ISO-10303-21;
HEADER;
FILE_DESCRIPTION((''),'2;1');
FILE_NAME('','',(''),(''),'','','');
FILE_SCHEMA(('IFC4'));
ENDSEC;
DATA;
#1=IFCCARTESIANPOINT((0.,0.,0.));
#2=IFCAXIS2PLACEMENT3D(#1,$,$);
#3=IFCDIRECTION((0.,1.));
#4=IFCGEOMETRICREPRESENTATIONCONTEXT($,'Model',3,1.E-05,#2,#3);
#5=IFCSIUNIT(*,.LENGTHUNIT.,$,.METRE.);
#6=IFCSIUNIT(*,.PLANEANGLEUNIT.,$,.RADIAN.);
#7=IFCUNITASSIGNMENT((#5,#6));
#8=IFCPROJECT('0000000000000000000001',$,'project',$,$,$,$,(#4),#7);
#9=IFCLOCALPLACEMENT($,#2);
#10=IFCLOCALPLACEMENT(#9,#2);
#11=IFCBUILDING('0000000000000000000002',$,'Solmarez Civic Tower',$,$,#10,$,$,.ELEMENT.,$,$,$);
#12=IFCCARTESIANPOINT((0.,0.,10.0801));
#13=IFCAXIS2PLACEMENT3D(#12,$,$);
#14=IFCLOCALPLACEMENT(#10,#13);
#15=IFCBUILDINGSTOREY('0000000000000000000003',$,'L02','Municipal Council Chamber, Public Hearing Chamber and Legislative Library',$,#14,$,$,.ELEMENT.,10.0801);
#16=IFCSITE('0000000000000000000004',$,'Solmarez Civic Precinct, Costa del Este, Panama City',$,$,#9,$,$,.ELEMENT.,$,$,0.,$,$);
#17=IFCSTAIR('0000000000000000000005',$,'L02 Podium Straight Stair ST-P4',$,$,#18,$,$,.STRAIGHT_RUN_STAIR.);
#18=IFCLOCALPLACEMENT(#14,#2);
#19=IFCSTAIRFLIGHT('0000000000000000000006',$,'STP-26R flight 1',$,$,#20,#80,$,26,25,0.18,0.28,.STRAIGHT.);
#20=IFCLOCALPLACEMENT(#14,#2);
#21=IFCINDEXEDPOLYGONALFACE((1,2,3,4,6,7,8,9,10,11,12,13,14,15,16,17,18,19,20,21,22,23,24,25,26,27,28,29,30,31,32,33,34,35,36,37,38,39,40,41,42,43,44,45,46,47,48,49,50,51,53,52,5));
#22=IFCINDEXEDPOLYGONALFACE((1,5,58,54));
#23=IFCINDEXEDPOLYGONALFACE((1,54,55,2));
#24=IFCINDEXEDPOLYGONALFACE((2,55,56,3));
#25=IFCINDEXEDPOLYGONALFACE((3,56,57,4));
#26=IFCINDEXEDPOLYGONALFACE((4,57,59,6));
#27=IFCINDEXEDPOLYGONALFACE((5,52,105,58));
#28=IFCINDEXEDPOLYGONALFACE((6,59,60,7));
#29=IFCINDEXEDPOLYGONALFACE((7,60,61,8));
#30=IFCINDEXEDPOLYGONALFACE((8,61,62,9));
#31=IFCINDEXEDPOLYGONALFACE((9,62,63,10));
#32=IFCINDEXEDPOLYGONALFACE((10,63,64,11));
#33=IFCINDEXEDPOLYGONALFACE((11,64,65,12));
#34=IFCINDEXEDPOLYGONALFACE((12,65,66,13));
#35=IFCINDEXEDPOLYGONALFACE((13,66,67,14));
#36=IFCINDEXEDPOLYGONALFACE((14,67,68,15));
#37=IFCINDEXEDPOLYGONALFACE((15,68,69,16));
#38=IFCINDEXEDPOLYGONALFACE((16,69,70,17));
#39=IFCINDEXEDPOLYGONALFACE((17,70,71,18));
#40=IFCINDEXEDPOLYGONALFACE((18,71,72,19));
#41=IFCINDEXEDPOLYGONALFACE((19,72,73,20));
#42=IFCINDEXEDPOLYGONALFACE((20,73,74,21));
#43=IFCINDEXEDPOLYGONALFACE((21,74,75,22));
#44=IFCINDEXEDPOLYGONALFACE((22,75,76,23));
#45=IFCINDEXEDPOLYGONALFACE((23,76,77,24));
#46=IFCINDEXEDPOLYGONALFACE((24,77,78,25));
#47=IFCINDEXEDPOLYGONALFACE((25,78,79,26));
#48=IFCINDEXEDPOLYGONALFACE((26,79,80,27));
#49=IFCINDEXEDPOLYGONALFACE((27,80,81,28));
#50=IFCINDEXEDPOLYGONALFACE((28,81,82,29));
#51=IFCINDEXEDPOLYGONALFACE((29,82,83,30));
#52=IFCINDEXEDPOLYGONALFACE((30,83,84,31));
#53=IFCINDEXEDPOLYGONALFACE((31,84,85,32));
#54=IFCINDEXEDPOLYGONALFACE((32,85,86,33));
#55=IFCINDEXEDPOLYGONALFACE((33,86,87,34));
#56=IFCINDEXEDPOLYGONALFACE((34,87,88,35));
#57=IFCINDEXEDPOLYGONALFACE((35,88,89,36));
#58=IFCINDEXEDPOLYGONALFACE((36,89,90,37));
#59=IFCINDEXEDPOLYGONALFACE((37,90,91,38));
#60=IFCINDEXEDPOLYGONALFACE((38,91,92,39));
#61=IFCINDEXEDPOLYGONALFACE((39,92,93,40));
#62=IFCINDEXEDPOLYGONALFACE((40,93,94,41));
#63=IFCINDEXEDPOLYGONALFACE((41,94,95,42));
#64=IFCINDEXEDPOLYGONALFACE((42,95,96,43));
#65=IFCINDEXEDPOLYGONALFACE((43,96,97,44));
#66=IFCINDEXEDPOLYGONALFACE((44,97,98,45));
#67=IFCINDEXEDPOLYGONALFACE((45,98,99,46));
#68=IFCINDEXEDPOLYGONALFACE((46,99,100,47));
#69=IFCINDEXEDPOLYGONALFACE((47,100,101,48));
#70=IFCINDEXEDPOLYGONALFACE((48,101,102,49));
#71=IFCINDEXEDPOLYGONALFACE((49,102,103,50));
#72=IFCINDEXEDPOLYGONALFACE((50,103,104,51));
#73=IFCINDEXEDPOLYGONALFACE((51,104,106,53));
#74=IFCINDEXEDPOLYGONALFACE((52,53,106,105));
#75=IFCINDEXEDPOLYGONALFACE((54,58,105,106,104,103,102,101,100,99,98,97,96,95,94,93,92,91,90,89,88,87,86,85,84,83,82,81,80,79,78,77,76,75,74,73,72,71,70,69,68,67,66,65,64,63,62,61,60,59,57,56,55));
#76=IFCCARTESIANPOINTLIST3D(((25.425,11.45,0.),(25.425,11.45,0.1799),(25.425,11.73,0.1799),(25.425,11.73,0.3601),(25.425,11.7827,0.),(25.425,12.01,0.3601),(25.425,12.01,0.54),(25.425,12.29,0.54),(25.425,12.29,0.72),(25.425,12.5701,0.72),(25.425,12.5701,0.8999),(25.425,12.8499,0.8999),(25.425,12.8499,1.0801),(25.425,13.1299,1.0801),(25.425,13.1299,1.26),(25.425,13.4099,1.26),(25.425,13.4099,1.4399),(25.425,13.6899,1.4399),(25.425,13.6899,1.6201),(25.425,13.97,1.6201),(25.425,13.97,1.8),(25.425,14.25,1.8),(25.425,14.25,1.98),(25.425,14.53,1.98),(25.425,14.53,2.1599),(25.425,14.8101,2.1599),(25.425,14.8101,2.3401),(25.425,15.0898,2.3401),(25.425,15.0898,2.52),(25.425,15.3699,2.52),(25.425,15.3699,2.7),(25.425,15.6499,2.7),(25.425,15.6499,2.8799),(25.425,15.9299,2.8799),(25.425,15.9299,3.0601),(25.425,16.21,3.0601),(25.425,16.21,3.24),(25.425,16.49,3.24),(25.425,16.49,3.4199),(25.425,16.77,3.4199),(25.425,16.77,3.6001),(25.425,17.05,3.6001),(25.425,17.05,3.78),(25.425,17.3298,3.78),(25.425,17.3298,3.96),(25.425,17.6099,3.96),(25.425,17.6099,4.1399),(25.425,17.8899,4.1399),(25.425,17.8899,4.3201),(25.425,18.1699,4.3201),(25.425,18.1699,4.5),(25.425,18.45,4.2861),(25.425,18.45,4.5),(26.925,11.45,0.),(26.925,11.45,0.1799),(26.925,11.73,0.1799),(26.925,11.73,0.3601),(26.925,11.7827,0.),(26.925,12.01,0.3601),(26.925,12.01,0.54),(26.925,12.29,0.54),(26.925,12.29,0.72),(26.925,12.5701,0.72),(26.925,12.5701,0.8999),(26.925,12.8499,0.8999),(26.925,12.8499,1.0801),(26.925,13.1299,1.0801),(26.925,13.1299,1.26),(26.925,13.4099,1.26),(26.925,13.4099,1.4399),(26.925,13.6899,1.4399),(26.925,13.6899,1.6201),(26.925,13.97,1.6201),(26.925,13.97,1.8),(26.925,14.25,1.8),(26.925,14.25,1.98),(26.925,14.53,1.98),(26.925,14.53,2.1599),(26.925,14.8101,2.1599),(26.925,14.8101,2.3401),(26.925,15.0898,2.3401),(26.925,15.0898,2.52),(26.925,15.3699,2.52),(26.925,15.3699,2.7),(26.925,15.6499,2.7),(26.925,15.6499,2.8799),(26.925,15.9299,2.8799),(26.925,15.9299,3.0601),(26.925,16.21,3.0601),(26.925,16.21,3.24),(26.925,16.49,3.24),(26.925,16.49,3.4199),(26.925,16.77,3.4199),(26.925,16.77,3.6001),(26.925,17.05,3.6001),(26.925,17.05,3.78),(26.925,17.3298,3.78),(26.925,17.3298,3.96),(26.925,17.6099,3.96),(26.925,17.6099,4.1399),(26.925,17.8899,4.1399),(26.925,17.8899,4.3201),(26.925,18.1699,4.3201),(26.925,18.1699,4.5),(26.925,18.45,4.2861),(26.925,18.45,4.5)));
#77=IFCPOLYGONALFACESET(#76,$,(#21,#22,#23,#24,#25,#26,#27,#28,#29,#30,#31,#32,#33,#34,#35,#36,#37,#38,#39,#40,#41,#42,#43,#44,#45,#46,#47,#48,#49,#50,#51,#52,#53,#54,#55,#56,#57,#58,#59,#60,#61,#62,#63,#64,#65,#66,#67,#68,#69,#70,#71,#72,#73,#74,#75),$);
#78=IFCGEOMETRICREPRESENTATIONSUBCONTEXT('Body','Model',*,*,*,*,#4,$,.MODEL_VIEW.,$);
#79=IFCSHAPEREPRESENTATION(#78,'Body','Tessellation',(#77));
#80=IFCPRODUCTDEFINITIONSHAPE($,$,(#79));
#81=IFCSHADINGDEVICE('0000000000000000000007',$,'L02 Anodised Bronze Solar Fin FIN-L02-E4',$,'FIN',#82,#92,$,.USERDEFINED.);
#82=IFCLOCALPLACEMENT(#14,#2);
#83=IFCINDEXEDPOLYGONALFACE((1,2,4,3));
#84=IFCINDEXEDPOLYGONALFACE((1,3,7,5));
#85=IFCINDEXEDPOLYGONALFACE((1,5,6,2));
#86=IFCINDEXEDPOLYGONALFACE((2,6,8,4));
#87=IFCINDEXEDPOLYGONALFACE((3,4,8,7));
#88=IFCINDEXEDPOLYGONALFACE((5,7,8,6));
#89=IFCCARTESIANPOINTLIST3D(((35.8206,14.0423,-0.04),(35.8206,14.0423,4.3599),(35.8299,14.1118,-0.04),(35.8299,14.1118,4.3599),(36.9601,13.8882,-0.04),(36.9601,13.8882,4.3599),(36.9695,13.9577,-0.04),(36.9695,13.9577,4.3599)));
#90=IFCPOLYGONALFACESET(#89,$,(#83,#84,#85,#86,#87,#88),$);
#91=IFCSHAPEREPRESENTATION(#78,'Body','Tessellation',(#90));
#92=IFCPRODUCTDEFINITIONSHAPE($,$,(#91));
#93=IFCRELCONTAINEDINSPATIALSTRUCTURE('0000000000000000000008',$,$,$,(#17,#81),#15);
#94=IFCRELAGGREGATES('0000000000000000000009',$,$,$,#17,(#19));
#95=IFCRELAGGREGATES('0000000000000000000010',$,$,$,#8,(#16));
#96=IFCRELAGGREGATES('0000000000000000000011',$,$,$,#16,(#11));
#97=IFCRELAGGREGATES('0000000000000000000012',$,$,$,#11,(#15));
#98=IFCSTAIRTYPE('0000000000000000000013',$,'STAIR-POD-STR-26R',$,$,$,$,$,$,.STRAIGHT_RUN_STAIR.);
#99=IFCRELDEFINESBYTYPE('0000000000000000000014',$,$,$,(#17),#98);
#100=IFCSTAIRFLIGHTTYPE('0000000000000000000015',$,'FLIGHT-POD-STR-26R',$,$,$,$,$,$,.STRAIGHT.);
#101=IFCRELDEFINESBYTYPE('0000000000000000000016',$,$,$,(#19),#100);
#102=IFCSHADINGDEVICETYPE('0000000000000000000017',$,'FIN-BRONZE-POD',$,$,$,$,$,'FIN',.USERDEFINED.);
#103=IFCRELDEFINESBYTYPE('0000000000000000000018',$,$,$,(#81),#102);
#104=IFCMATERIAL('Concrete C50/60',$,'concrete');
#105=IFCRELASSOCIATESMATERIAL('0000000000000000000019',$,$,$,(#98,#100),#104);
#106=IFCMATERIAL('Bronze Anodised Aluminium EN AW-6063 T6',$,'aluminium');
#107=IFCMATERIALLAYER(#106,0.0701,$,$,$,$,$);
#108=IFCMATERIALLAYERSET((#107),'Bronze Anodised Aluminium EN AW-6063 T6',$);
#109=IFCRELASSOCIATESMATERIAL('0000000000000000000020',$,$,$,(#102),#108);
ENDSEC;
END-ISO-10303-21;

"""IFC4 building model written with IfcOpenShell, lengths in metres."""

from ifc_helpers import new_model, si_unit, direction, frame, origin, origin_2d, place, context, subcontext, project, spatial, polyline, rectangle, outline, extrude, material, layer, layer_set, type_object, element, aggregate, save


model = new_model("IFC4")

# Units and contexts
model_context = context("Model", 3, precision=1e-05, world=origin(), true_north=direction((0.0, 1.0)))
body_context = subcontext(model_context, "Body", "Model", "MODEL_VIEW")
ifc_project = project(units=[si_unit("LENGTHUNIT", "METRE"), si_unit("PLANEANGLEUNIT", "RADIAN")], contexts=[model_context])

# Site, building, storey
site_placement = place(None, origin())
site = spatial("IfcSite", under=ifc_project, at=site_placement, Name="Solmarez Civic Precinct, Costa del Este, Panama City", CompositionType="ELEMENT", RefElevation=0.0)
building_placement = place(site_placement, origin())
building = spatial("IfcBuilding", under=site, at=building_placement, Name="Solmarez Civic Tower", CompositionType="ELEMENT")
storey_placement = place(building_placement, frame((0.0, 0.0, 10.0801)))
storey = spatial("IfcBuildingStorey", under=building, at=storey_placement, Name="L02", Description="Municipal Council Chamber, Public Hearing Chamber and Legislative Library", CompositionType="ELEMENT", Elevation=10.0801)

# Shared definitions
ifc_material_1 = material(Name="Concrete C50/60", Category="concrete")

# Stair, stair flight
stair_type = type_object("IfcStairType", Name="STAIR-POD-STR-26R", PredefinedType="STRAIGHT_RUN_STAIR", material=ifc_material_1)
stair_placement = place(storey_placement, origin())
stair = element("IfcStair", 1, at=stair_placement, inside=storey, type_object=stair_type, Name="L02 Podium Straight Stair ST-P4", PredefinedType="STRAIGHT_RUN_STAIR")
stair_flight_type = type_object("IfcStairFlightType", Name="FLIGHT-POD-STR-26R", PredefinedType="STRAIGHT", material=ifc_material_1)
stair_flight_placement = place(storey_placement, frame((26.175, 11.45, 0.0), z_axis=(0.0, 0.0, 1.0), x_axis=(0.0, 1.0, 0.0)))
stair_flight = element("IfcStairFlight", 2, at=stair_flight_placement, type_object=stair_flight_type, Name="STP-26R flight 1", NumberOfRisers=26, NumberOfTreads=25, PredefinedType="STRAIGHT", RiserHeight=0.18, TreadLength=0.28, context=body_context, shape_type="SweptSolid", body=[
    extrude(outline(polyline([(0.0, 0.0), (0.0, 0.1799), (0.28, 0.1799), (0.28, 0.3601), (0.5601, 0.3601), (0.5601, 0.54), (0.8401, 0.54), (0.8401, 0.72), (1.1201, 0.72), (1.1201, 0.8999), (1.3999, 0.8999), (1.3999, 1.0801), (1.6799, 1.0801), (1.6799, 1.26), (1.96, 1.26), (1.96, 1.4399), (2.24, 1.4399), (2.24, 1.6201), (2.52, 1.6201), (2.52, 1.8), (2.8, 1.8), (2.8, 1.98), (3.0801, 1.98), (3.0801, 2.1599), (3.3601, 2.1599), (3.3601, 2.3401), (3.6399, 2.3401), (3.6399, 2.52), (3.9199, 2.52), (3.9199, 2.7), (4.2, 2.7), (4.2, 2.8799), (4.48, 2.8799), (4.48, 3.0601), (4.76, 3.0601), (4.76, 3.24), (5.04, 3.24), (5.04, 3.4199), (5.3201, 3.4199), (5.3201, 3.6001), (5.6001, 3.6001), (5.6001, 3.78), (5.8799, 3.78), (5.8799, 3.96), (6.1599, 3.96), (6.1599, 4.1399), (6.4399, 4.1399), (6.4399, 4.3201), (6.72, 4.3201), (6.72, 4.5), (7.0, 4.5), (7.0, 4.6799), (7.0, 4.2861), (0.3328, 0.0), (0.0, 0.0)])), frame((0.0, 0.75, 0.0), z_axis=(0.0, -1.0, 0.0), x_axis=(1.0, 0.0, 0.0)), (0.0, 0.0, 1.0), 1.5),
])
aggregate(stair, [stair_flight])

# Shading device
ifc_material_2 = material(Name="Bronze Anodised Aluminium EN AW-6063 T6", Category="aluminium")
ifc_layer_1 = layer(ifc_material_2, 0.0701)
ifc_layer_set_1 = layer_set([ifc_layer_1], Name="Bronze Anodised Aluminium EN AW-6063 T6")
shading_device_type = type_object("IfcShadingDeviceType", Name="FIN-BRONZE-POD", ElementType="FIN", PredefinedType="USERDEFINED", material=ifc_layer_set_1)
shading_device_placement = place(storey_placement, frame((36.395, 14.0, -0.04), z_axis=(0.0, 0.0, 1.0), x_axis=(0.990983, -0.133986, 0.0)))
element("IfcShadingDevice", 3, at=shading_device_placement, inside=storey, type_object=shading_device_type, Name="L02 Anodised Bronze Solar Fin FIN-L02-E4", ObjectType="FIN", PredefinedType="USERDEFINED", context=body_context, shape_type="SweptSolid", body=[
    extrude(rectangle(XDim=1.1499, YDim=0.0701, at=origin_2d()), origin(), (0.0, 0.0, 1.0), 4.3999),
])

save(model, "model.ifc")
